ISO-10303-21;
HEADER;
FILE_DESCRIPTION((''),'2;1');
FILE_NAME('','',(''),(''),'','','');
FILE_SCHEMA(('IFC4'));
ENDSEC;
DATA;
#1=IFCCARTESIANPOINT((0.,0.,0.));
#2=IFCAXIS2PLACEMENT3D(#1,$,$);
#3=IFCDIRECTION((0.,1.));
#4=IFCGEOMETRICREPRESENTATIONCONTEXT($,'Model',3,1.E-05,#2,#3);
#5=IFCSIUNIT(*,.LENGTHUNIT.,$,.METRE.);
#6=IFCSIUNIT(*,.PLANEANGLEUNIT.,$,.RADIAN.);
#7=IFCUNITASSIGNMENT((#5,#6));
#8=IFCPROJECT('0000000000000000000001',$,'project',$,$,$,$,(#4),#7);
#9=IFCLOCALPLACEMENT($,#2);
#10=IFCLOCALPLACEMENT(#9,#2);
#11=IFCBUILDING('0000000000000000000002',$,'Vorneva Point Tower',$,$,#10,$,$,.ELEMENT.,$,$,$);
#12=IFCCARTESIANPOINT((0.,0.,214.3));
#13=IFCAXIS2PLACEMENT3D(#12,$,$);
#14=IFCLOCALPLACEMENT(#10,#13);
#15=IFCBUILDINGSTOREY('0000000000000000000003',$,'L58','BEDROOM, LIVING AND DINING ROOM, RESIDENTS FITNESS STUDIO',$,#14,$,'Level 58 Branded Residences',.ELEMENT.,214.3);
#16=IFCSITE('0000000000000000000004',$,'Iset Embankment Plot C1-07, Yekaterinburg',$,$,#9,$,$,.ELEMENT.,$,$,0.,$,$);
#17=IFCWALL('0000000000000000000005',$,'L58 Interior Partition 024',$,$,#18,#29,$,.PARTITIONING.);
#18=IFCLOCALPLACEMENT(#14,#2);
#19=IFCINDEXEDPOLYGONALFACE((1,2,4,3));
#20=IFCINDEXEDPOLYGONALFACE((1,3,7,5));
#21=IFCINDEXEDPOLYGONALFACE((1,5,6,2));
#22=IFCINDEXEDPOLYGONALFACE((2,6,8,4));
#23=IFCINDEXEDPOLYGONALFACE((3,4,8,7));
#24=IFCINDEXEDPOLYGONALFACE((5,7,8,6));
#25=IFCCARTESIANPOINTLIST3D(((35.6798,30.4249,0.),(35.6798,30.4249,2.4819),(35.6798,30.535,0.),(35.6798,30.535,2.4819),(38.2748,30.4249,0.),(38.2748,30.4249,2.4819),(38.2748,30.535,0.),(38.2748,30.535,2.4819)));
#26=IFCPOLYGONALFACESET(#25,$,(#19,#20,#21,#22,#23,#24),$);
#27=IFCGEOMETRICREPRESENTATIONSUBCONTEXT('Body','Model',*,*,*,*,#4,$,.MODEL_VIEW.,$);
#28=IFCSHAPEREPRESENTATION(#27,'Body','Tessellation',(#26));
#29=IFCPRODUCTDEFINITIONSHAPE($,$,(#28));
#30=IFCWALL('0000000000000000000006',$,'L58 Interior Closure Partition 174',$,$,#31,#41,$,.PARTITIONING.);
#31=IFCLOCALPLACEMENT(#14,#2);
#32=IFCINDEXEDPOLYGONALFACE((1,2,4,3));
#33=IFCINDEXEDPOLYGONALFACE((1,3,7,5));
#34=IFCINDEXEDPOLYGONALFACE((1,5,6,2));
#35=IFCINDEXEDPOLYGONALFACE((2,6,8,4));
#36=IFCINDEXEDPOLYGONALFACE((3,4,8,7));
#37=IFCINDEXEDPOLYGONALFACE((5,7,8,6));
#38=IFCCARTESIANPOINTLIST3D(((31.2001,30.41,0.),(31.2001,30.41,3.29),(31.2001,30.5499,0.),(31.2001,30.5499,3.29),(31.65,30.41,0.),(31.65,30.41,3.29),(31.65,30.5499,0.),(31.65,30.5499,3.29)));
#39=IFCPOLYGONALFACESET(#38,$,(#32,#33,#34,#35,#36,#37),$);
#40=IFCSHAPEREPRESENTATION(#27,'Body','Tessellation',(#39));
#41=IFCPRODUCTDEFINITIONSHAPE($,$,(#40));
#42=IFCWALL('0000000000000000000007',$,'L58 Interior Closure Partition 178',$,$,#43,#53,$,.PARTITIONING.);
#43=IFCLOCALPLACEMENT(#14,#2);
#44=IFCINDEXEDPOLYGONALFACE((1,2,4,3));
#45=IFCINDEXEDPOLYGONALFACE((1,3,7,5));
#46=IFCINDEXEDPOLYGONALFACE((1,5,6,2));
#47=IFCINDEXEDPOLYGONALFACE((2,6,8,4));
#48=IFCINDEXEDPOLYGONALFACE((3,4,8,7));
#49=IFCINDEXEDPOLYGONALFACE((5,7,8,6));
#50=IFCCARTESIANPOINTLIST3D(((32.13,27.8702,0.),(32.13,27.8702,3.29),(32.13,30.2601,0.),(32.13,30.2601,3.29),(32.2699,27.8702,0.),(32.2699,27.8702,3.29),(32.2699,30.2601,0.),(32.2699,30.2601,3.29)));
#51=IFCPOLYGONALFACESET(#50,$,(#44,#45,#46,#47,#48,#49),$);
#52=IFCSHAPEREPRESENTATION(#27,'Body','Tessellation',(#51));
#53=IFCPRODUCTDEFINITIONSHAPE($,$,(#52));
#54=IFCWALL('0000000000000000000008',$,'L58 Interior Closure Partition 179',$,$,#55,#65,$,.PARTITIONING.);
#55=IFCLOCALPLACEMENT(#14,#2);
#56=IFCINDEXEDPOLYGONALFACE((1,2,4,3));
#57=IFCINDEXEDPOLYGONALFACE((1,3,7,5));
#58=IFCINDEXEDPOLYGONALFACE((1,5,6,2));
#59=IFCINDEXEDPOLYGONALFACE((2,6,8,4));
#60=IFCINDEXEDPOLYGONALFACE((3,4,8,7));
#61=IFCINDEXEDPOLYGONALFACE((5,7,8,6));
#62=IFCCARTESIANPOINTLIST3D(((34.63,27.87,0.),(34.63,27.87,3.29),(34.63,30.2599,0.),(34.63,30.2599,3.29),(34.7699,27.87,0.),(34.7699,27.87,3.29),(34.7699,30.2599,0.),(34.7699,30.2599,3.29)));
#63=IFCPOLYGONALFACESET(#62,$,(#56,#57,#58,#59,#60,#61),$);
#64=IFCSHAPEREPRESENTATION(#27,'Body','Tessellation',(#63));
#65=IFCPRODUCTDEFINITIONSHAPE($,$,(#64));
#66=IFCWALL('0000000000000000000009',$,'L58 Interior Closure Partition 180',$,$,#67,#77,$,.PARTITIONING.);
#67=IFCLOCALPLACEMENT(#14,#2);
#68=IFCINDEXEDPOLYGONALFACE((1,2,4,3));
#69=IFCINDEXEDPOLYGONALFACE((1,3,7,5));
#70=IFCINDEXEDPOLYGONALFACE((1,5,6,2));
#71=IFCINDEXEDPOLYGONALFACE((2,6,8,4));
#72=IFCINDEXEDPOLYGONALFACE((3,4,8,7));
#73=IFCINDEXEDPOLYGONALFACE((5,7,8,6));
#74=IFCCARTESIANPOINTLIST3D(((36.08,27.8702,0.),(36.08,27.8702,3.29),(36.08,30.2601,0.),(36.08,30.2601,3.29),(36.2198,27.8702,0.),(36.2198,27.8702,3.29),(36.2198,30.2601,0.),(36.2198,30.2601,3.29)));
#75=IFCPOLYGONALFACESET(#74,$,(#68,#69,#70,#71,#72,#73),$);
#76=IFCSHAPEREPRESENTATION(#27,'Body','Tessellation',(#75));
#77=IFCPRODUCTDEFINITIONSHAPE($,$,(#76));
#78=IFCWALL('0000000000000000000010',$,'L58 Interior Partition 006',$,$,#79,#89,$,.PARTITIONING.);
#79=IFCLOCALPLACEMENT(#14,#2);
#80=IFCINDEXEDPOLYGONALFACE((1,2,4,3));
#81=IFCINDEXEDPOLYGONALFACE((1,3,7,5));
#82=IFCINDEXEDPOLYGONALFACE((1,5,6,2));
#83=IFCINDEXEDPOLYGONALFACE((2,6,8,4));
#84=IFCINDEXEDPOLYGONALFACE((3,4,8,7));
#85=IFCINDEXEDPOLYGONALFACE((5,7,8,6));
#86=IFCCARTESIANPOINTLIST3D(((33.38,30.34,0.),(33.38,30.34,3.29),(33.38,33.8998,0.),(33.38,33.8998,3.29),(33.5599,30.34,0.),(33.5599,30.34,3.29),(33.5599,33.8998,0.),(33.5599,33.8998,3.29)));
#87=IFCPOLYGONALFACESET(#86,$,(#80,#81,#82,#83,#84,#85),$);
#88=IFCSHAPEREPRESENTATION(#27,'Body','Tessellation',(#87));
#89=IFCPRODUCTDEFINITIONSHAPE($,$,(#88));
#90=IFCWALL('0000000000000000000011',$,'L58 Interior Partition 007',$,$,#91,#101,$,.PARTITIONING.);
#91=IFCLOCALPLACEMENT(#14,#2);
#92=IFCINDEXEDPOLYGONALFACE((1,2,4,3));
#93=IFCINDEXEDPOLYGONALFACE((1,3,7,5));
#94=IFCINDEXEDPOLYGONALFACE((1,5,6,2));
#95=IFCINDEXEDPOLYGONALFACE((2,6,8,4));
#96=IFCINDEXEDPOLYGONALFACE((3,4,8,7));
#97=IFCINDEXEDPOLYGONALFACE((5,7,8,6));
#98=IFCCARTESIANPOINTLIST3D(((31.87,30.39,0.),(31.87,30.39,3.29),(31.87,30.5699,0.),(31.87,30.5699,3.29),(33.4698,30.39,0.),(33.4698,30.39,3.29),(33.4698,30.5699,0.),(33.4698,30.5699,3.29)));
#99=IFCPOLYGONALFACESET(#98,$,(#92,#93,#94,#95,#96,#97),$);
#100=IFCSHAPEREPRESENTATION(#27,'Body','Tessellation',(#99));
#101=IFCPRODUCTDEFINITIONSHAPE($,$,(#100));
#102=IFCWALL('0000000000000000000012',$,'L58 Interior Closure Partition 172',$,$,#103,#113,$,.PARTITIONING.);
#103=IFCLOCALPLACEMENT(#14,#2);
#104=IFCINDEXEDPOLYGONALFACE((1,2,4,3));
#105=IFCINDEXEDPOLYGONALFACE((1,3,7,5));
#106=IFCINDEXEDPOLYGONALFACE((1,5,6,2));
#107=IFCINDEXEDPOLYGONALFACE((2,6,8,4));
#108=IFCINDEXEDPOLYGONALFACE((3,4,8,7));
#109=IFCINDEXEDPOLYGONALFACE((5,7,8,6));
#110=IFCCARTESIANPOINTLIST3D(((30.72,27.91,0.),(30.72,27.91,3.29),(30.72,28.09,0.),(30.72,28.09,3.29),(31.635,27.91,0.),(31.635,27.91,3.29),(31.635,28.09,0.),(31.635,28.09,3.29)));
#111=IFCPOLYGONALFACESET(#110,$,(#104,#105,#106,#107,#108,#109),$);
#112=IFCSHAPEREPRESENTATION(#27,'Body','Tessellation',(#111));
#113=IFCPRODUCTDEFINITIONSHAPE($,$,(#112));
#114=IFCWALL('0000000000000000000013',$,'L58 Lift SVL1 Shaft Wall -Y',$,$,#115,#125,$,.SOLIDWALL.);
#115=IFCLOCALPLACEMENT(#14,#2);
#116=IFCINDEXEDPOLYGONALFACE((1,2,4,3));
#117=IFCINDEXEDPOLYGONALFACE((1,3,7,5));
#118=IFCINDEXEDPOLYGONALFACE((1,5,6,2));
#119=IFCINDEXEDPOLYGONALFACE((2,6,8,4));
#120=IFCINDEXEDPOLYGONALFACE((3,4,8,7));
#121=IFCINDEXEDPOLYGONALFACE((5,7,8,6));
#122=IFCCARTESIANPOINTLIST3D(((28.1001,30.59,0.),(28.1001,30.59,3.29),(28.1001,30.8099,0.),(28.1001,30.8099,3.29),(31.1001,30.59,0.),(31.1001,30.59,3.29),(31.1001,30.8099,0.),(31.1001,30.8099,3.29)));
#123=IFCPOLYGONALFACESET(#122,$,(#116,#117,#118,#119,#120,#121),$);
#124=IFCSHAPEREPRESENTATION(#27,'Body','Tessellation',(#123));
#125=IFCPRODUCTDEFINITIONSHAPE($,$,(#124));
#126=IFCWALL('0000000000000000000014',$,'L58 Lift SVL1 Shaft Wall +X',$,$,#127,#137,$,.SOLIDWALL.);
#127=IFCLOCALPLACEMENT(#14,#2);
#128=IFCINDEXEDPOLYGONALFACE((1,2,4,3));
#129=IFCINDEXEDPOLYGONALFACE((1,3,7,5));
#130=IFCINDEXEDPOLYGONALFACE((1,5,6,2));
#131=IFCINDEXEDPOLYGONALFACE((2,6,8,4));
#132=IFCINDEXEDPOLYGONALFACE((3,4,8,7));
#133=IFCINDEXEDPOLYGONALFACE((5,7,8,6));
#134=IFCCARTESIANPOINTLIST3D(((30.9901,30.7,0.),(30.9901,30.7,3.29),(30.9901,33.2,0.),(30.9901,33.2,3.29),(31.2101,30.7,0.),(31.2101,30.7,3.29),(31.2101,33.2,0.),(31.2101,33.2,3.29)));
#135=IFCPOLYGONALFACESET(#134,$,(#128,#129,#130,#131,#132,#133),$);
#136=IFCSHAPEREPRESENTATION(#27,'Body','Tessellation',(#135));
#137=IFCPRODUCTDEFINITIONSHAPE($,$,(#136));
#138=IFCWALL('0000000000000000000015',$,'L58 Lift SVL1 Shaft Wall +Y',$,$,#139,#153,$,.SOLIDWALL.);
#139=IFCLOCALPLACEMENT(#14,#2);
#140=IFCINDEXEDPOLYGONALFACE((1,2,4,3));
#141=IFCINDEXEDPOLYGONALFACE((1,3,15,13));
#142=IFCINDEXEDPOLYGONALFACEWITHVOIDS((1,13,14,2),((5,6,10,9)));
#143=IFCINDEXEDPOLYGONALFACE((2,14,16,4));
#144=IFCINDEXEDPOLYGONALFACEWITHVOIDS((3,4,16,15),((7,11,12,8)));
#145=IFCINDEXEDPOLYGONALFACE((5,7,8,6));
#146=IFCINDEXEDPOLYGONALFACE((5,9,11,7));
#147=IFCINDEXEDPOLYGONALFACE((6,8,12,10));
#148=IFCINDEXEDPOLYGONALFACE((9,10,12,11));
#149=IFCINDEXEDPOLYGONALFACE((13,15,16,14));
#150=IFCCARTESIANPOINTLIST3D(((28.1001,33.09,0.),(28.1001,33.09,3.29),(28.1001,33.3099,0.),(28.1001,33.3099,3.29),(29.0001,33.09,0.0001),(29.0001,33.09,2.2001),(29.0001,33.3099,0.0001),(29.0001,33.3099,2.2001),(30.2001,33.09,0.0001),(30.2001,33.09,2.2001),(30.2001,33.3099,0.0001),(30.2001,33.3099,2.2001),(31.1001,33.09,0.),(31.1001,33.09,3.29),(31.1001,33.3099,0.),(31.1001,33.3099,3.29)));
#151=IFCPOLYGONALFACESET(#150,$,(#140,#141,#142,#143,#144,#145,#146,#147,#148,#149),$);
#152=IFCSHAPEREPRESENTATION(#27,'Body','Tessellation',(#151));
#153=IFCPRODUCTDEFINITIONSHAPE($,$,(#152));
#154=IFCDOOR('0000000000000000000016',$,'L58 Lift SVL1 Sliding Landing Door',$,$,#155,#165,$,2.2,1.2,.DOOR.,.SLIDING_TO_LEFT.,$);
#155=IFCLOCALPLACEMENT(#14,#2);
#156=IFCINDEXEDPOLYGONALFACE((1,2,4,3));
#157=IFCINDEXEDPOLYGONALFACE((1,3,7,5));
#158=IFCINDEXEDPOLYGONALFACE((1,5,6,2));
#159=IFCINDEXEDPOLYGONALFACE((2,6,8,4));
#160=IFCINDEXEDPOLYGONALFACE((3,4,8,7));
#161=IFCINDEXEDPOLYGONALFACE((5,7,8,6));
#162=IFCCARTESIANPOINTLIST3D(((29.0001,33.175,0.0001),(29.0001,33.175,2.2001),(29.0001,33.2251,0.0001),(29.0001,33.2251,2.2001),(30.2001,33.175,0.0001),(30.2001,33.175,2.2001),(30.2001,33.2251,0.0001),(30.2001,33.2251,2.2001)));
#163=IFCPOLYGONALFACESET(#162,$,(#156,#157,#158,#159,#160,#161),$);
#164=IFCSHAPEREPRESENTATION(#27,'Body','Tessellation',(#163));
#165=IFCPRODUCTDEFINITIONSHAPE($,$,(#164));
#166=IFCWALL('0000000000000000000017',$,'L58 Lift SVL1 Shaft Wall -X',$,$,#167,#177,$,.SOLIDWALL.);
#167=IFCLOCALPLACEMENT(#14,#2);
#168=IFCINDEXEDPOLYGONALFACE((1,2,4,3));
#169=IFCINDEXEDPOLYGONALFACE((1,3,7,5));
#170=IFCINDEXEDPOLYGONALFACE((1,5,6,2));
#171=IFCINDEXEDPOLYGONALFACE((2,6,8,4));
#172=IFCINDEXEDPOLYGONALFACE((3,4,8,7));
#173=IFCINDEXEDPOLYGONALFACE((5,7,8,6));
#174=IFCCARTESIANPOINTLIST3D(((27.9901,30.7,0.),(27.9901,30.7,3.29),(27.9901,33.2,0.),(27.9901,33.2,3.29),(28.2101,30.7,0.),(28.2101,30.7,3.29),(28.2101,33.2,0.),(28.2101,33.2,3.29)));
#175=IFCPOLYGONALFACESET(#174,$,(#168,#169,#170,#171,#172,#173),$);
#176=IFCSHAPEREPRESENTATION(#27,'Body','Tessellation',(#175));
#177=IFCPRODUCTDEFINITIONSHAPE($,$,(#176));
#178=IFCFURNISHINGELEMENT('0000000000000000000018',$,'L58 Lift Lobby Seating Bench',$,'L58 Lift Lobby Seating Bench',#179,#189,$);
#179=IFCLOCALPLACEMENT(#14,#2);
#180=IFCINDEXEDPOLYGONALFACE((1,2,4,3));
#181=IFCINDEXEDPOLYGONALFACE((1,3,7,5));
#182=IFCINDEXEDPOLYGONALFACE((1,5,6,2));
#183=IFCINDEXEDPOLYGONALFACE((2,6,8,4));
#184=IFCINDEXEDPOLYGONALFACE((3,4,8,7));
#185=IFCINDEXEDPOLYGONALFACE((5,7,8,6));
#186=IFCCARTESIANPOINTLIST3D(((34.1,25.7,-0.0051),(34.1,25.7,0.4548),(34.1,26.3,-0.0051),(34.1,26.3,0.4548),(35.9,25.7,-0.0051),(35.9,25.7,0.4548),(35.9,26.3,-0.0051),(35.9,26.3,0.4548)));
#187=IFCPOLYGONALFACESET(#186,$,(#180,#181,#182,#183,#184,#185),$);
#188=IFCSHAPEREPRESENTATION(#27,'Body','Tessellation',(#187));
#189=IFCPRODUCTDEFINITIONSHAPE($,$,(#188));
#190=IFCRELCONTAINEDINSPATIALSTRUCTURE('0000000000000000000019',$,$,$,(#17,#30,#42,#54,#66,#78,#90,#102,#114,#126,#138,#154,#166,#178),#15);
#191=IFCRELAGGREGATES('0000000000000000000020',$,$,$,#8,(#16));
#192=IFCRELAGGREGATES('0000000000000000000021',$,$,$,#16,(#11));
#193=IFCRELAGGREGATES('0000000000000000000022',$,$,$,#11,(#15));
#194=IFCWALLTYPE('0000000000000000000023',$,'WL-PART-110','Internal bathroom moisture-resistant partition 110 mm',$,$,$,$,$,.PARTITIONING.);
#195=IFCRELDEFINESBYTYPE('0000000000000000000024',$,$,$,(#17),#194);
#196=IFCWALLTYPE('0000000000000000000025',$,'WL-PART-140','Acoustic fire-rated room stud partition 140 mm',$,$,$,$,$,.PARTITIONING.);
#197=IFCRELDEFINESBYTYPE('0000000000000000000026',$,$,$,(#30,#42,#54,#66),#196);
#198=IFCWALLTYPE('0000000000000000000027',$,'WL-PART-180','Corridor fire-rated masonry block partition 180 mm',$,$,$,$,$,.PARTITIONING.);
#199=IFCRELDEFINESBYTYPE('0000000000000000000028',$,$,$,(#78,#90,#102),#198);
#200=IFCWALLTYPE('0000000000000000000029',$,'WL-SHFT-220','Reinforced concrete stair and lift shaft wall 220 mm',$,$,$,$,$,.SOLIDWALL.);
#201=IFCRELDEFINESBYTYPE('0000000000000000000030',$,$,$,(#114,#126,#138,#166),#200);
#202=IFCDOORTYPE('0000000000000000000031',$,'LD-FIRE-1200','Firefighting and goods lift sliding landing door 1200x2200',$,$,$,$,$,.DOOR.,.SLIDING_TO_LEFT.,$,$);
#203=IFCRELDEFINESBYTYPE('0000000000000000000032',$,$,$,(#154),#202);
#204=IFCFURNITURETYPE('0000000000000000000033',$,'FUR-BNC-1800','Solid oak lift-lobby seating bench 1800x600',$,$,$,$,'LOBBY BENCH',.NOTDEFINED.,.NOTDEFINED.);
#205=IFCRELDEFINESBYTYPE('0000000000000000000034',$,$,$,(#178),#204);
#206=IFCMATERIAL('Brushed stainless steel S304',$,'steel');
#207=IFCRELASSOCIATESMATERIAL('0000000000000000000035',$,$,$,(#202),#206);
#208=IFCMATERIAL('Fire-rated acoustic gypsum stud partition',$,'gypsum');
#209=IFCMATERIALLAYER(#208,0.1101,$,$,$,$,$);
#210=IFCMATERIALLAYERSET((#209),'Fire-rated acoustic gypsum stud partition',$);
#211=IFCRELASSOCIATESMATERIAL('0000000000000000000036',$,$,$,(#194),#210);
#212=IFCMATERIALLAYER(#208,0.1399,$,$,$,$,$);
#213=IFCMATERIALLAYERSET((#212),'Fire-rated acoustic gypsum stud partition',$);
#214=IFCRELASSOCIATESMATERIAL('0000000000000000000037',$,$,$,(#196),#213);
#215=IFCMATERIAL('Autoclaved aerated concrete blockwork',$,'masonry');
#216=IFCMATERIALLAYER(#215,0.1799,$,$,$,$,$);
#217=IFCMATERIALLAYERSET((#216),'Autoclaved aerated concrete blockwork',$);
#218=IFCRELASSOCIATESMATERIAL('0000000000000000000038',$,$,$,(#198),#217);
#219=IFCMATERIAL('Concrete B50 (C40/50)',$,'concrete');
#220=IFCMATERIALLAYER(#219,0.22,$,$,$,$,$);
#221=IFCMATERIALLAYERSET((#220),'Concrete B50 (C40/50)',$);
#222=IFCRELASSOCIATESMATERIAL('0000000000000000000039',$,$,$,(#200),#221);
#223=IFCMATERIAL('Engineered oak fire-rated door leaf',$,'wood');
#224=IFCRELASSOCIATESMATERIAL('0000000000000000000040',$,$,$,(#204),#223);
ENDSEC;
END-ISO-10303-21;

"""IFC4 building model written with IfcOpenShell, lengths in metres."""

from ifc_helpers import new_model, si_unit, direction, frame, frame_2d, origin, origin_2d, place, context, subcontext, project, spatial, rectangle, extrude, material, layer, layer_set, type_object, element, fill, save


model = new_model("IFC4")

# Units and contexts
model_context = context("Model", 3, precision=1e-05, world=origin(), true_north=direction((0.0, 1.0)))
body_context = subcontext(model_context, "Body", "Model", "MODEL_VIEW")
ifc_project = project(units=[si_unit("LENGTHUNIT", "METRE"), si_unit("PLANEANGLEUNIT", "RADIAN")], contexts=[model_context])

# Site, building, storey
site_placement = place(None, origin())
site = spatial("IfcSite", under=ifc_project, at=site_placement, Name="Iset Embankment Plot C1-07, Yekaterinburg", CompositionType="ELEMENT", RefElevation=0.0)
building_placement = place(site_placement, origin())
building = spatial("IfcBuilding", under=site, at=building_placement, Name="Vorneva Point Tower", CompositionType="ELEMENT")
storey_placement = place(building_placement, frame((0.0, 0.0, 214.3)))
storey = spatial("IfcBuildingStorey", under=building, at=storey_placement, Name="L58", Description="BEDROOM, LIVING AND DINING ROOM, RESIDENTS FITNESS STUDIO", LongName="Level 58 Branded Residences", CompositionType="ELEMENT", Elevation=214.3)

# Shared definitions
ifc_material_1 = material(Name="Concrete B50 (C40/50)", Category="concrete")

# Shared definitions
ifc_material_2 = material(Name="Brushed stainless steel S304", Category="steel")
door_type_1 = type_object("IfcDoorType", Name="LD-FIRE-1200", Description="Firefighting and goods lift sliding landing door 1200x2200", OperationType="SLIDING_TO_LEFT", PredefinedType="DOOR", material=ifc_material_2)

# Walls
ifc_material_3 = material(Name="Fire-rated acoustic gypsum stud partition", Category="gypsum")
ifc_layer_1 = layer(ifc_material_3, 0.1101)
ifc_layer_set_1 = layer_set([ifc_layer_1], Name="Fire-rated acoustic gypsum stud partition")
wall_type_1 = type_object("IfcWallType", Name="WL-PART-110", Description="Internal bathroom moisture-resistant partition 110 mm", PredefinedType="PARTITIONING", material=ifc_layer_set_1)
wall_1_placement = place(storey_placement, frame((35.6799, 30.48, 0.0), z_axis=(0.0, 0.0, 1.0), x_axis=(1.0, 0.0, 0.0)))
element("IfcWall", 1, at=wall_1_placement, inside=storey, type_object=wall_type_1, Name="L58 Interior Partition 024", PredefinedType="PARTITIONING", context=body_context, shape_type="SweptSolid", body=[
    extrude(rectangle(XDim=2.595, YDim=0.1101, at=frame_2d((1.2974, 0.0))), origin(), (0.0, 0.0, 1.0), 2.4819),
])
ifc_layer_2 = layer(ifc_material_3, 0.1399)
ifc_layer_set_2 = layer_set([ifc_layer_2], Name="Fire-rated acoustic gypsum stud partition")
wall_type_2 = type_object("IfcWallType", Name="WL-PART-140", Description="Acoustic fire-rated room stud partition 140 mm", PredefinedType="PARTITIONING", material=ifc_layer_set_2)
wall_2_placement = place(storey_placement, frame((31.2, 30.48, 0.0), z_axis=(0.0, 0.0, 1.0), x_axis=(1.0, 0.0, 0.0)))
element("IfcWall", 2, at=wall_2_placement, inside=storey, type_object=wall_type_2, Name="L58 Interior Closure Partition 174", PredefinedType="PARTITIONING", context=body_context, shape_type="SweptSolid", body=[
    extrude(rectangle(XDim=0.45, YDim=0.1399, at=frame_2d((0.2251, 0.0))), origin(), (0.0, 0.0, 1.0), 3.29),
])
for number, where, z_axis, x_axis, name in (
    (3, (32.2, 30.26, 0.0), (0.0, 0.0, 1.0), (0.0, -1.0, 0.0), "L58 Interior Closure Partition 178"),
    (4, (34.7, 27.8701, 0.0), (0.0, 0.0, 1.0), (0.0, 1.0, 0.0), "L58 Interior Closure Partition 179"),
    (5, (36.1499, 30.26, 0.0), (0.0, 0.0, 1.0), (0.0, -1.0, 0.0), "L58 Interior Closure Partition 180"),
):
    element("IfcWall", number, at=place(storey_placement, frame(where, z_axis=z_axis, x_axis=x_axis)), inside=storey, type_object=wall_type_2, Name=name, PredefinedType="PARTITIONING", context=body_context, shape_type="SweptSolid", body=[
        extrude(rectangle(XDim=2.3899, YDim=0.1399, at=frame_2d((1.1948, 0.0))), origin(), (0.0, 0.0, 1.0), 3.29),
    ])

# Shared definitions
ifc_material_4 = material(Name="Autoclaved aerated concrete blockwork", Category="masonry")
ifc_layer_3 = layer(ifc_material_4, 0.1799)
ifc_layer_set_3 = layer_set([ifc_layer_3], Name="Autoclaved aerated concrete blockwork")
wall_type_3 = type_object("IfcWallType", Name="WL-PART-180", Description="Corridor fire-rated masonry block partition 180 mm", PredefinedType="PARTITIONING", material=ifc_layer_set_3)

# Walls
wall_3_placement = place(storey_placement, frame((33.47, 30.3401, 0.0), z_axis=(0.0, 0.0, 1.0), x_axis=(0.0, 1.0, 0.0)))
element("IfcWall", 6, at=wall_3_placement, inside=storey, type_object=wall_type_3, Name="L58 Interior Partition 006", PredefinedType="PARTITIONING", context=body_context, shape_type="SweptSolid", body=[
    extrude(rectangle(XDim=3.5598, YDim=0.1799, at=frame_2d((1.7798, 0.0))), origin(), (0.0, 0.0, 1.0), 3.29),
])
wall_4_placement = place(storey_placement, frame((31.8701, 30.48, 0.0), z_axis=(0.0, 0.0, 1.0), x_axis=(1.0, 0.0, 0.0)))
element("IfcWall", 7, at=wall_4_placement, inside=storey, type_object=wall_type_3, Name="L58 Interior Partition 007", PredefinedType="PARTITIONING", context=body_context, shape_type="SweptSolid", body=[
    extrude(rectangle(XDim=1.5999, YDim=0.1799, at=frame_2d((0.7998, 0.0))), origin(), (0.0, 0.0, 1.0), 3.29),
])

# Shared definitions
ifc_material_5 = material(Name="Engineered oak fire-rated door leaf", Category="wood")

# Walls
wall_5_placement = place(storey_placement, frame((31.635, 28.0, 0.0), z_axis=(0.0, 0.0, 1.0), x_axis=(-1.0, 0.0, 0.0)))
element("IfcWall", 8, at=wall_5_placement, inside=storey, type_object=wall_type_3, Name="L58 Interior Closure Partition 172", PredefinedType="PARTITIONING", context=body_context, shape_type="SweptSolid", body=[
    extrude(rectangle(XDim=0.915, YDim=0.1799, at=frame_2d((0.4575, 0.0))), origin(), (0.0, 0.0, 1.0), 3.29),
])
ifc_layer_4 = layer(ifc_material_1, 0.22)
ifc_layer_set_4 = layer_set([ifc_layer_4], Name="Concrete B50 (C40/50)")
wall_type_4 = type_object("IfcWallType", Name="WL-SHFT-220", Description="Reinforced concrete stair and lift shaft wall 220 mm", PredefinedType="SOLIDWALL", material=ifc_layer_set_4)
wall_6_placement = place(storey_placement, frame((28.1001, 30.7, 0.0), z_axis=(0.0, 0.0, 1.0), x_axis=(1.0, 0.0, 0.0)))
element("IfcWall", 9, at=wall_6_placement, inside=storey, type_object=wall_type_4, Name="L58 Lift SVL1 Shaft Wall -Y", PredefinedType="SOLIDWALL", context=body_context, shape_type="SweptSolid", body=[
    extrude(rectangle(XDim=3.0, YDim=0.22, at=frame_2d((1.5, 0.0))), origin(), (0.0, 0.0, 1.0), 3.29),
])
wall_7_placement = place(storey_placement, frame((31.1001, 30.7, 0.0), z_axis=(0.0, 0.0, 1.0), x_axis=(0.0, 1.0, 0.0)))
element("IfcWall", 10, at=wall_7_placement, inside=storey, type_object=wall_type_4, Name="L58 Lift SVL1 Shaft Wall +X", PredefinedType="SOLIDWALL", context=body_context, shape_type="SweptSolid", body=[
    extrude(rectangle(XDim=2.5, YDim=0.22, at=frame_2d((1.25, 0.0))), origin(), (0.0, 0.0, 1.0), 3.29),
])

# Wall, opening, door
wall_8_placement = place(storey_placement, frame((31.1001, 33.2, 0.0), z_axis=(0.0, 0.0, 1.0), x_axis=(-1.0, 0.0, 0.0)))
wall_8 = element("IfcWall", 11, at=wall_8_placement, inside=storey, type_object=wall_type_4, Name="L58 Lift SVL1 Shaft Wall +Y", PredefinedType="SOLIDWALL", context=body_context, shape_type="SweptSolid", body=[
    extrude(rectangle(XDim=3.0, YDim=0.22, at=frame_2d((1.5, 0.0))), origin(), (0.0, 0.0, 1.0), 3.29),
])
opening_1_placement = place(wall_8_placement, frame((0.8999, 0.0, 0.0)))
opening_1 = element("IfcOpeningElement", 12, at=opening_1_placement, cuts=wall_8, PredefinedType="OPENING", context=body_context, shape_type="SweptSolid", body=[
    extrude(rectangle(XDim=1.2, YDim=2.2, at=frame_2d((0.6001, 1.1001))), frame((0.0, 0.125, 0.0), z_axis=(0.0, -1.0, 0.0), x_axis=(1.0, 0.0, 0.0)), (0.0, 0.0, 1.0), 0.2498),
])
door_1_placement = place(opening_1_placement, origin())
door_1 = element("IfcDoor", 13, at=door_1_placement, inside=storey, type_object=door_type_1, Name="L58 Lift SVL1 Sliding Landing Door", OperationType="SLIDING_TO_LEFT", OverallHeight=2.2, OverallWidth=1.2, PredefinedType="DOOR", context=body_context, shape_type="SweptSolid", body=[
    extrude(rectangle(XDim=1.2, YDim=2.2, at=frame_2d((0.6001, 1.1001))), frame((0.0, 0.0249, 0.0), z_axis=(0.0, -1.0, 0.0), x_axis=(1.0, 0.0, 0.0)), (0.0, 0.0, 1.0), 0.05),
])
fill(opening_1, door_1)

# Wall
wall_9_placement = place(storey_placement, frame((28.1001, 33.2, 0.0), z_axis=(0.0, 0.0, 1.0), x_axis=(0.0, -1.0, 0.0)))
element("IfcWall", 14, at=wall_9_placement, inside=storey, type_object=wall_type_4, Name="L58 Lift SVL1 Shaft Wall -X", PredefinedType="SOLIDWALL", context=body_context, shape_type="SweptSolid", body=[
    extrude(rectangle(XDim=2.5, YDim=0.22, at=frame_2d((1.25, 0.0))), origin(), (0.0, 0.0, 1.0), 3.29),
])

# Furnishing element
furniture_type_1 = type_object("IfcFurnitureType", Name="FUR-BNC-1800", Description="Solid oak lift-lobby seating bench 1800x600", ElementType="LOBBY BENCH", AssemblyPlace="NOTDEFINED", PredefinedType="NOTDEFINED", material=ifc_material_5)
furnishing_1_placement = place(storey_placement, frame((35.0, 26.0, -0.0051), z_axis=(0.0, 0.0, 1.0), x_axis=(1.0, 0.0, 0.0)))
element("IfcFurnishingElement", 15, at=furnishing_1_placement, inside=storey, type_object=furniture_type_1, Name="L58 Lift Lobby Seating Bench", ObjectType="L58 Lift Lobby Seating Bench", context=body_context, shape_type="SweptSolid", body=[
    extrude(rectangle(XDim=1.8, YDim=0.6001, at=origin_2d()), origin(), (0.0, 0.0, 1.0), 0.46),
])

save(model, "model.ifc")
